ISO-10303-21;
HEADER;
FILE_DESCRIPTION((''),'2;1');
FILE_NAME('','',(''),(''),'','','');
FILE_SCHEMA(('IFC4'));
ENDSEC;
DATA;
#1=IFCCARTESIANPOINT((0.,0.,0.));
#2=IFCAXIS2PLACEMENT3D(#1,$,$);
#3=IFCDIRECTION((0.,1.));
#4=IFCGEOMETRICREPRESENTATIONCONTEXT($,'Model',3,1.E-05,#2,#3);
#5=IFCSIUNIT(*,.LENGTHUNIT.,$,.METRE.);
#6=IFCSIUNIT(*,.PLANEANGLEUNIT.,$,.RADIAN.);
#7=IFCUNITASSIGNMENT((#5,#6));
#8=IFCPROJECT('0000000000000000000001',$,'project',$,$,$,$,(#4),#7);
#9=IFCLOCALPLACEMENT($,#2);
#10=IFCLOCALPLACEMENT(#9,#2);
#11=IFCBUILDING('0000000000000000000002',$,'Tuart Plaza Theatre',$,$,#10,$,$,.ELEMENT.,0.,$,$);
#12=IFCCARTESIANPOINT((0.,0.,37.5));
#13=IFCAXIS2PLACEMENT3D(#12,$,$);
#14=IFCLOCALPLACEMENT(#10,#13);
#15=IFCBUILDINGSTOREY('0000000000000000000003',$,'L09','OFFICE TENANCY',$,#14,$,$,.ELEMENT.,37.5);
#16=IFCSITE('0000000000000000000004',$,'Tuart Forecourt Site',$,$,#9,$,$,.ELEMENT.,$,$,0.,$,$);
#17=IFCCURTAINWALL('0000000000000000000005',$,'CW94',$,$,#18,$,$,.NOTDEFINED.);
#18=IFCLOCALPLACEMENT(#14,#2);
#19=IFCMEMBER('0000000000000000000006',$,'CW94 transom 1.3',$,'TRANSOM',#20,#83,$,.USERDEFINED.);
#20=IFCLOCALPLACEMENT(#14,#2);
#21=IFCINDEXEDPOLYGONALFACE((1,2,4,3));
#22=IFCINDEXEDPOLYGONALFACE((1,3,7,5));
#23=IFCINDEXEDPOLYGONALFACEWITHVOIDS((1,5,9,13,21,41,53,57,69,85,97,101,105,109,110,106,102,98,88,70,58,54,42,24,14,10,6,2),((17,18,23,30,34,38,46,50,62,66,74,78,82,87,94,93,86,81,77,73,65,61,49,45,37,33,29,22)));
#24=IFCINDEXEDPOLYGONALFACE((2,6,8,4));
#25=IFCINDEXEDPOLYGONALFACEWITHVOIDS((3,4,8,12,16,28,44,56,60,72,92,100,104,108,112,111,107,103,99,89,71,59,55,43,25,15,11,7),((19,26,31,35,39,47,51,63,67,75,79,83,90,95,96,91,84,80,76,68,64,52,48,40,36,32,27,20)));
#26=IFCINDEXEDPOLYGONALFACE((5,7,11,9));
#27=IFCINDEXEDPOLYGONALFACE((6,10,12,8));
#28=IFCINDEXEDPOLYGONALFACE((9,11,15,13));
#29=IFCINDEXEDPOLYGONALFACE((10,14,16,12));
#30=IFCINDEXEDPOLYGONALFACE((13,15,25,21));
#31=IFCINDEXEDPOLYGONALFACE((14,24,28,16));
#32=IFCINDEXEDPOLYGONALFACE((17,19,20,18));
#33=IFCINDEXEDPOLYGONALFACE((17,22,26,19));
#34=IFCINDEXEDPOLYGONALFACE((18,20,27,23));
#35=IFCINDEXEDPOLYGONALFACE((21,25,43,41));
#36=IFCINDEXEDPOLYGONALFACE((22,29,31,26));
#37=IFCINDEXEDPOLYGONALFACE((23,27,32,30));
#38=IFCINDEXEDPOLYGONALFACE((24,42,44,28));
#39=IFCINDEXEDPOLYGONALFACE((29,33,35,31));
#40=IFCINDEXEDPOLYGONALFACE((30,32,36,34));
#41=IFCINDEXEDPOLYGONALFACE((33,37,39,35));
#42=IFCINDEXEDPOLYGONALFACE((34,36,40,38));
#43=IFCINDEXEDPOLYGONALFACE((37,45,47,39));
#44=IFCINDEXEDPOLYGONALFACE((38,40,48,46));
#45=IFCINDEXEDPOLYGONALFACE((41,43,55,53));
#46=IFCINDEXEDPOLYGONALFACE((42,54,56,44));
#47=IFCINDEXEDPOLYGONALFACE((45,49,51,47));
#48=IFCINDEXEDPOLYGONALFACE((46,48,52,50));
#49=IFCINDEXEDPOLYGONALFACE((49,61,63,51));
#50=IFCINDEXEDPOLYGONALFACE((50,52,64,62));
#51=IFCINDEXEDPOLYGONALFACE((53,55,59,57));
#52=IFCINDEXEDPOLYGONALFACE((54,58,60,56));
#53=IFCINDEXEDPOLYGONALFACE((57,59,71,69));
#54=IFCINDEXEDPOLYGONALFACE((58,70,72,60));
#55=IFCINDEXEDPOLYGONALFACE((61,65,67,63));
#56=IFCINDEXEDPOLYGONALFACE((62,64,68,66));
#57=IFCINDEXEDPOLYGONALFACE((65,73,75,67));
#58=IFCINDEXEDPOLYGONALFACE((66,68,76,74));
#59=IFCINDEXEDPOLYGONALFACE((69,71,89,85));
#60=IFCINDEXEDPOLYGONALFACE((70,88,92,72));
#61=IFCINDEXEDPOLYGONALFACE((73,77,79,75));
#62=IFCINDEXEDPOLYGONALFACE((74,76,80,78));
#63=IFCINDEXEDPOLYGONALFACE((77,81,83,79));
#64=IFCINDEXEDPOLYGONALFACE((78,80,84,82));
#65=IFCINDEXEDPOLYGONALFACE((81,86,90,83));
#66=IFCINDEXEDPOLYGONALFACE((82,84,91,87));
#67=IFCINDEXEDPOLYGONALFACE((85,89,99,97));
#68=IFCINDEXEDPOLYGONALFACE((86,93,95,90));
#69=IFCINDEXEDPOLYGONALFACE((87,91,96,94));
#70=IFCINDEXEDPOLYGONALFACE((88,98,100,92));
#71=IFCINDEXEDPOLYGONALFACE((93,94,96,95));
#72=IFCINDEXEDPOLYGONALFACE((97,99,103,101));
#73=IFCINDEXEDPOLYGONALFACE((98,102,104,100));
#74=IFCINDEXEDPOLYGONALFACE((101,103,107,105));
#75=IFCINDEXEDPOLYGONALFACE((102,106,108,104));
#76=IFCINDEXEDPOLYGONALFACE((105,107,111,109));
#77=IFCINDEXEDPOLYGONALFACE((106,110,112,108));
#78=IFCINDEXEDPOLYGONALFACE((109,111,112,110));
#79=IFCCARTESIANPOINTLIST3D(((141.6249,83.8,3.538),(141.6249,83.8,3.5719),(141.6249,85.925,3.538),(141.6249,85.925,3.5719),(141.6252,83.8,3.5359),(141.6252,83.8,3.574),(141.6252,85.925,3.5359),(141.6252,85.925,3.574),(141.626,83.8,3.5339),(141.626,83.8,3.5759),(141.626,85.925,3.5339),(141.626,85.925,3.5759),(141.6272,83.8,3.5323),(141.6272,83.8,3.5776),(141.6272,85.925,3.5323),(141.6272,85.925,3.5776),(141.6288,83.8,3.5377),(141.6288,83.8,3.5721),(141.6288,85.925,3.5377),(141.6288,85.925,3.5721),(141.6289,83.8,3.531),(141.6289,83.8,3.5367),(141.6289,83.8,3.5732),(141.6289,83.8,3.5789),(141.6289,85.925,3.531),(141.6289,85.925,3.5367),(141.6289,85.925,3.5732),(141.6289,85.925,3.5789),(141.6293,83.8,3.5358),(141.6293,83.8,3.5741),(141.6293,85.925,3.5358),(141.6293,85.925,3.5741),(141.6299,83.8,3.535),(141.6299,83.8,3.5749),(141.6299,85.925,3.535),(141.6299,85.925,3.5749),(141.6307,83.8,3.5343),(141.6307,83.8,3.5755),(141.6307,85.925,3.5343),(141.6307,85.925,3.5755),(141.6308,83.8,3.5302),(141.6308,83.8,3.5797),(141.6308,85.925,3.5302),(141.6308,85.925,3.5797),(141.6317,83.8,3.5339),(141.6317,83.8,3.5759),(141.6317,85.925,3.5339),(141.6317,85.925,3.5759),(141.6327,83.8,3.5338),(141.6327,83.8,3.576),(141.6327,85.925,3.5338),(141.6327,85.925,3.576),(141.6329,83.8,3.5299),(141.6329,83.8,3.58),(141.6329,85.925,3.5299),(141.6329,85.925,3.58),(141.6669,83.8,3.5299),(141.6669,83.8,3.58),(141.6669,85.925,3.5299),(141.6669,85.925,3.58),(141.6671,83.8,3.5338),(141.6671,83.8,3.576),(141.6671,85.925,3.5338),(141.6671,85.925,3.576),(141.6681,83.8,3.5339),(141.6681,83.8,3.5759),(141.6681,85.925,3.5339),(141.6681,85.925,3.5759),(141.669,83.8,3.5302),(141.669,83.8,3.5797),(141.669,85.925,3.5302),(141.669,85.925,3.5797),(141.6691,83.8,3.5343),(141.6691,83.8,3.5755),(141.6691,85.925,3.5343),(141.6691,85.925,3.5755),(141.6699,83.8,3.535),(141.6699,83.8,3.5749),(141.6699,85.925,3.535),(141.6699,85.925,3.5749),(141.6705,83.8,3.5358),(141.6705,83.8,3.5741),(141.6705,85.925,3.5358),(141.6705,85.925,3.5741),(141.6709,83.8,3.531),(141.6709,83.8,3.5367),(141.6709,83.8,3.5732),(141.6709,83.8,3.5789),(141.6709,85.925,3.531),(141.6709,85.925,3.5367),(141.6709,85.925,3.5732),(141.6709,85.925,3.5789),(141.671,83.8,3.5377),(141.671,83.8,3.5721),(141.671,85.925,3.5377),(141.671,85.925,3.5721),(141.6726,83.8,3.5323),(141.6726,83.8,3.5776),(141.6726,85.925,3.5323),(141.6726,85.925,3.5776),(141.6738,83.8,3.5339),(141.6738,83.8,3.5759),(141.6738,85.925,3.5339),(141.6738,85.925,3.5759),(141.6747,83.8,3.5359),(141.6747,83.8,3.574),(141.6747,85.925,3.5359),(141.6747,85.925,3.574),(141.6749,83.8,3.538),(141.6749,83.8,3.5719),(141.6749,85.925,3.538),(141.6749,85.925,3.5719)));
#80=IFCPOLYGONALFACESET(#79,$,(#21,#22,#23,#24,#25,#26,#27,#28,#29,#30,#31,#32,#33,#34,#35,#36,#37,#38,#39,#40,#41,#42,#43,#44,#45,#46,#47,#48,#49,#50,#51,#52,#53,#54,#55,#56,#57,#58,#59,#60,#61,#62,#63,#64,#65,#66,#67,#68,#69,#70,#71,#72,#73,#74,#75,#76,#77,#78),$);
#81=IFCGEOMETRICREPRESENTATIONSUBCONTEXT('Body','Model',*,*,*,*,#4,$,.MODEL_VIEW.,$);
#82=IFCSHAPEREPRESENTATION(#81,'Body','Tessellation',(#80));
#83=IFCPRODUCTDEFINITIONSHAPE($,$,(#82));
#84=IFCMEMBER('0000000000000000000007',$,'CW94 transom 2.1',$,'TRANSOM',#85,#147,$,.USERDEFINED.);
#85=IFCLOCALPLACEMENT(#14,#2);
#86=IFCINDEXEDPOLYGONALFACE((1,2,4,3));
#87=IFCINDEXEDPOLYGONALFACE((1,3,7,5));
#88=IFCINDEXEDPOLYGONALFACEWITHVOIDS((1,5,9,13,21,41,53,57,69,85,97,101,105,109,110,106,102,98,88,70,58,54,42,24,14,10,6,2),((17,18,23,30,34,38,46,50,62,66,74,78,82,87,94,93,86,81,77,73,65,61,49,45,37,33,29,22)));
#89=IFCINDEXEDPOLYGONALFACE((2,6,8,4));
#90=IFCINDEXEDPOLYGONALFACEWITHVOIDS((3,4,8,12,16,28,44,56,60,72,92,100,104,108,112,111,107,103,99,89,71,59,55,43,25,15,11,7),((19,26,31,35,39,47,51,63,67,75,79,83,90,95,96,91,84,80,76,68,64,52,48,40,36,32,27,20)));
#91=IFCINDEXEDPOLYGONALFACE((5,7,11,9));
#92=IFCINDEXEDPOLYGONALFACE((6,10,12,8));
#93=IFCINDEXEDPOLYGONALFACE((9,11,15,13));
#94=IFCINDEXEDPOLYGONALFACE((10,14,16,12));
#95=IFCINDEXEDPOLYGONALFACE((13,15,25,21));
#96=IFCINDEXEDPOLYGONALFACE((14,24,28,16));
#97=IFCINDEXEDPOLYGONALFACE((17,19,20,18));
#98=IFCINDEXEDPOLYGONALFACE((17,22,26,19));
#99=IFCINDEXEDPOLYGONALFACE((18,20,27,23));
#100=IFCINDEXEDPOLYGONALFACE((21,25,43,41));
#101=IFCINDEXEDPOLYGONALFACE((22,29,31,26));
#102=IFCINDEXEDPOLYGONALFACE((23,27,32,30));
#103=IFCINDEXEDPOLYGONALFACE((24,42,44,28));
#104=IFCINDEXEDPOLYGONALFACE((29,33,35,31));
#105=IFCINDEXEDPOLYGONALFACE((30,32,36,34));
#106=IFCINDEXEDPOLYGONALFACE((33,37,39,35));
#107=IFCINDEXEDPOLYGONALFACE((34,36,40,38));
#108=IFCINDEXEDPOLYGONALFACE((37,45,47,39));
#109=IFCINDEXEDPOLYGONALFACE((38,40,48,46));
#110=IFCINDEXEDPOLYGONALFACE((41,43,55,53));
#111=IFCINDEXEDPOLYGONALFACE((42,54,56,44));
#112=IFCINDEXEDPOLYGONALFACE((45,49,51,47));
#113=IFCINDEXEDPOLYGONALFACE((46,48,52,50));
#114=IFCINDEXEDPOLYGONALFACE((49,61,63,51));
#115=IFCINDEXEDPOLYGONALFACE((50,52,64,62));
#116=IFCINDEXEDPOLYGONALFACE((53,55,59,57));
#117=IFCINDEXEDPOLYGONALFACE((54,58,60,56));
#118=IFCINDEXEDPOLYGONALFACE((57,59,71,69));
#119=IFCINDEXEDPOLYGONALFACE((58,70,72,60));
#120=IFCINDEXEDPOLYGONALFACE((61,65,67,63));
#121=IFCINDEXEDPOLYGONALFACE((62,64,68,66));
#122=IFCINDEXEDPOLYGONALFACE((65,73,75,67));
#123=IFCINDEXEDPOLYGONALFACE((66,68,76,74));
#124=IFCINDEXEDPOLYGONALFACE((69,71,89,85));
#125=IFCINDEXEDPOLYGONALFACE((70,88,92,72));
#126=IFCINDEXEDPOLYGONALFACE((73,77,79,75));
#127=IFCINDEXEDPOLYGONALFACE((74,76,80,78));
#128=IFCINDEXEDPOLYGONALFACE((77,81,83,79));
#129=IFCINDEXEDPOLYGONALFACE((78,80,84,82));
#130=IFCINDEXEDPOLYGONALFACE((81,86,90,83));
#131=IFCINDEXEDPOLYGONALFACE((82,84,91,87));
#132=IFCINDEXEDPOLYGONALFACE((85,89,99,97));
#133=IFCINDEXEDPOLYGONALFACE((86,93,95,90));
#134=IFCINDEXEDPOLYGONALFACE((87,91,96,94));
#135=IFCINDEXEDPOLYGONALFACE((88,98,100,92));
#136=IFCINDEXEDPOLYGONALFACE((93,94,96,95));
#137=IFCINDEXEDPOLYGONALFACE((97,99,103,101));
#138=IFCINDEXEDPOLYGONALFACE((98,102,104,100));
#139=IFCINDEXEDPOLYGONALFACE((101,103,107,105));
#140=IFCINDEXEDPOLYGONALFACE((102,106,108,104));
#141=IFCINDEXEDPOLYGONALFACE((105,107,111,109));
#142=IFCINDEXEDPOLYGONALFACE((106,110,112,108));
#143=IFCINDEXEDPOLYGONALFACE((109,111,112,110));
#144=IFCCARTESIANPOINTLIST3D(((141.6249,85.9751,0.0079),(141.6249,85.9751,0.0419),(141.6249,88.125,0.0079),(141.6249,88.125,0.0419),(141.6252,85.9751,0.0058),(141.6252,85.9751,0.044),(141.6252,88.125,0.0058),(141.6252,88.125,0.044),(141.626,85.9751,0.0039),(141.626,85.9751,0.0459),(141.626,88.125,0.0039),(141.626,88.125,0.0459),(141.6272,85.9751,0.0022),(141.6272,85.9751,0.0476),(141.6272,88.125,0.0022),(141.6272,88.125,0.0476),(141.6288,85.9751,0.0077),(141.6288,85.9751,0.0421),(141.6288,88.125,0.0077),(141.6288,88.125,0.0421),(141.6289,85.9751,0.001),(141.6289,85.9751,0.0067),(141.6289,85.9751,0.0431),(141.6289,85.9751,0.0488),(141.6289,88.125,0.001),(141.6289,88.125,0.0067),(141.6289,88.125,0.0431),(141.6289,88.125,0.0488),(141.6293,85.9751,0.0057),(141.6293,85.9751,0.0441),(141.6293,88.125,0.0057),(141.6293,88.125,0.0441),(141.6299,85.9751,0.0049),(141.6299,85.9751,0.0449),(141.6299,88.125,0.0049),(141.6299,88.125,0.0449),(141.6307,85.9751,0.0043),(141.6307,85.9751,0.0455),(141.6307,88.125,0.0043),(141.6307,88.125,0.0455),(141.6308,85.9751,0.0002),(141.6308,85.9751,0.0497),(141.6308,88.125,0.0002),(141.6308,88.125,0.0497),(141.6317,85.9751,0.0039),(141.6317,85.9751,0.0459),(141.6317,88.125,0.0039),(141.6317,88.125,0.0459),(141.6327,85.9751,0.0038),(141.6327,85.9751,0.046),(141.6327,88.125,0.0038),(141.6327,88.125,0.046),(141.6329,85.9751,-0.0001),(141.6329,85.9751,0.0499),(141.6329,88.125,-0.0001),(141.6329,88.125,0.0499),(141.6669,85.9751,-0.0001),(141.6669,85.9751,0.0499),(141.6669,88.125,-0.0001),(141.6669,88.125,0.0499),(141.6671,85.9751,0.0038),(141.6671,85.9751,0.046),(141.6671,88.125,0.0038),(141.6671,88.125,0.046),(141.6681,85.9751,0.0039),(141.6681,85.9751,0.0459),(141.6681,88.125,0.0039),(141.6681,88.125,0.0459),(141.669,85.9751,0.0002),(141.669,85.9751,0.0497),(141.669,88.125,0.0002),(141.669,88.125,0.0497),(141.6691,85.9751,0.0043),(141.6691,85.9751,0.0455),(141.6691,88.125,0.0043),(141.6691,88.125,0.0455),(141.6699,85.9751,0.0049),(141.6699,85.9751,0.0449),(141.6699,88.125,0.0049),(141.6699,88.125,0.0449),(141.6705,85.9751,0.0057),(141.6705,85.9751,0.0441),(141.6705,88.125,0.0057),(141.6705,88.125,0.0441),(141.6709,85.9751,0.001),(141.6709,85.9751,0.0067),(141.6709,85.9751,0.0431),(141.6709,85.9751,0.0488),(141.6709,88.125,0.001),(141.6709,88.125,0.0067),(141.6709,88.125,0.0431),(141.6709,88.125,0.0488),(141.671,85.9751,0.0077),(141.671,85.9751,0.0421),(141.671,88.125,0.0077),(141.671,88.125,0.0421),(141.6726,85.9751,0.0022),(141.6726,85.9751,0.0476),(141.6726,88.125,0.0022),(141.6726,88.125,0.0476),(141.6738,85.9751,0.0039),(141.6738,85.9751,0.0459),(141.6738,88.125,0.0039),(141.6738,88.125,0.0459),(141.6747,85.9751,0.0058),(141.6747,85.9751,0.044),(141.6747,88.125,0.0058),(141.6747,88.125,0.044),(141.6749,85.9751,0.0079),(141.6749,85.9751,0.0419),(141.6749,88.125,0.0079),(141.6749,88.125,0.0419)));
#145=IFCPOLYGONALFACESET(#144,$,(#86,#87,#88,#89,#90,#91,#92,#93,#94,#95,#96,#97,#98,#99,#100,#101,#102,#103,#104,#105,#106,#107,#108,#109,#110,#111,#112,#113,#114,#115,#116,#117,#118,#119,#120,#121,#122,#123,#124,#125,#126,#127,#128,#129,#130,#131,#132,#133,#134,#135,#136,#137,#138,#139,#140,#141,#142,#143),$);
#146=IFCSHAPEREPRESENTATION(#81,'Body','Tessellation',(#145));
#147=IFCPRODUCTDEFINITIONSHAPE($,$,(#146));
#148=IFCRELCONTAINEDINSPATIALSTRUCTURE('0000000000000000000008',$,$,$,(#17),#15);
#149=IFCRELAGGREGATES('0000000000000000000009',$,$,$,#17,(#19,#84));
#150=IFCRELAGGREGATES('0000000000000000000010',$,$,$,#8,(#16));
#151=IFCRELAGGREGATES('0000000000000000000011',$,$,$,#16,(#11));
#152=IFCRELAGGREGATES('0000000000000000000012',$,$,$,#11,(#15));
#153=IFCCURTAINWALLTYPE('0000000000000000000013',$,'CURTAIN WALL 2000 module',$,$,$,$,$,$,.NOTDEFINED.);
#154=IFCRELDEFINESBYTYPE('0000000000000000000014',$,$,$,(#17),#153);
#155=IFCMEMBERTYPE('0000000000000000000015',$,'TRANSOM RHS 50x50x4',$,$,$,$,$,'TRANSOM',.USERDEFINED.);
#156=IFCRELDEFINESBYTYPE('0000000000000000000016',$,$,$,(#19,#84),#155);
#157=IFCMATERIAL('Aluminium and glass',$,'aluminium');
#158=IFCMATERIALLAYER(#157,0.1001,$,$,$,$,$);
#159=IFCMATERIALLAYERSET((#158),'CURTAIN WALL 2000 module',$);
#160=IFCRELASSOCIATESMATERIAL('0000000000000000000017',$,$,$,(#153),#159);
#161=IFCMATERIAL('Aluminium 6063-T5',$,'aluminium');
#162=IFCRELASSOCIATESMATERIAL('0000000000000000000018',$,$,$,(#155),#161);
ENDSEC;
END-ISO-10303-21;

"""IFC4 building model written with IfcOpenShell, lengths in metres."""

from ifc_helpers import new_model, si_unit, direction, frame, origin, origin_2d, place, context, subcontext, project, spatial, hollow_rectangle, extrude, material, layer, layer_set, material_profile, profile_set, type_object, element, aggregate, save


model = new_model("IFC4")

# Units and contexts
model_context = context("Model", 3, precision=1e-05, world=origin(), true_north=direction((0.0, 1.0)))
body_context = subcontext(model_context, "Body", "Model", "MODEL_VIEW")
ifc_project = project(units=[si_unit("LENGTHUNIT", "METRE"), si_unit("PLANEANGLEUNIT", "RADIAN")], contexts=[model_context])

# Site, building, storey
site_placement = place(None, origin())
site = spatial("IfcSite", under=ifc_project, at=site_placement, Name="Tuart Forecourt Site", CompositionType="ELEMENT", RefElevation=0.0)
building_placement = place(site_placement, origin())
building = spatial("IfcBuilding", under=site, at=building_placement, Name="Tuart Plaza Theatre", CompositionType="ELEMENT", ElevationOfRefHeight=0.0)
storey_placement = place(building_placement, frame((0.0, 0.0, 37.5)))
storey = spatial("IfcBuildingStorey", under=building, at=storey_placement, Name="L09", Description="OFFICE TENANCY", CompositionType="ELEMENT", Elevation=37.5)

# Curtain wall, members
ifc_material_1 = material(Name="Aluminium and glass", Category="aluminium")
ifc_layer_1 = layer(ifc_material_1, 0.1001)
ifc_layer_set_1 = layer_set([ifc_layer_1], Name="CURTAIN WALL 2000 module")
curtain_wall_type = type_object("IfcCurtainWallType", Name="CURTAIN WALL 2000 module", PredefinedType="NOTDEFINED", material=ifc_layer_set_1)
curtain_wall_placement = place(storey_placement, origin())
curtain_wall = element("IfcCurtainWall", 1, at=curtain_wall_placement, inside=storey, type_object=curtain_wall_type, Name="CW94", PredefinedType="NOTDEFINED")
ifc_material_2 = material(Name="Aluminium 6063-T5", Category="aluminium")
ifc_material_profile_1 = material_profile(ifc_material_2, hollow_rectangle(XDim=0.05, YDim=0.05, WallThickness=0.0039, InnerFilletRadius=0.0039, OuterFilletRadius=0.0081, at=origin_2d()), Name="RHS 50x50x4")
ifc_profile_set_1 = profile_set([ifc_material_profile_1], Name="Aluminium 6063-T5")
member_type_1 = type_object("IfcMemberType", Name="TRANSOM RHS 50x50x4", ElementType="TRANSOM", PredefinedType="USERDEFINED", material=ifc_profile_set_1)
member_1_placement = place(storey_placement, frame((141.6499, 83.8, 3.5549), z_axis=(0.0, 1.0, 0.0), x_axis=(-1.0, 0.0, 0.0)))
member_1 = element("IfcMember", 2, at=member_1_placement, type_object=member_type_1, Name="CW94 transom 1.3", ObjectType="TRANSOM", PredefinedType="USERDEFINED", context=body_context, shape_type="SweptSolid", body=[
    extrude(hollow_rectangle(XDim=0.05, YDim=0.05, WallThickness=0.0039, InnerFilletRadius=0.0039, OuterFilletRadius=0.0081, at=origin_2d()), origin(), (0.0, 0.0, 1.0), 2.125),
])
member_2_placement = place(storey_placement, frame((141.6499, 85.9751, 0.0249), z_axis=(0.0, 1.0, 0.0), x_axis=(-1.0, 0.0, 0.0)))
member_2 = element("IfcMember", 3, at=member_2_placement, type_object=member_type_1, Name="CW94 transom 2.1", ObjectType="TRANSOM", PredefinedType="USERDEFINED", context=body_context, shape_type="SweptSolid", body=[
    extrude(hollow_rectangle(XDim=0.05, YDim=0.05, WallThickness=0.0039, InnerFilletRadius=0.0039, OuterFilletRadius=0.0081, at=origin_2d()), origin(), (0.0, 0.0, 1.0), 2.1499),
])
aggregate(curtain_wall, [member_1, member_2])

save(model, "model.ifc")
